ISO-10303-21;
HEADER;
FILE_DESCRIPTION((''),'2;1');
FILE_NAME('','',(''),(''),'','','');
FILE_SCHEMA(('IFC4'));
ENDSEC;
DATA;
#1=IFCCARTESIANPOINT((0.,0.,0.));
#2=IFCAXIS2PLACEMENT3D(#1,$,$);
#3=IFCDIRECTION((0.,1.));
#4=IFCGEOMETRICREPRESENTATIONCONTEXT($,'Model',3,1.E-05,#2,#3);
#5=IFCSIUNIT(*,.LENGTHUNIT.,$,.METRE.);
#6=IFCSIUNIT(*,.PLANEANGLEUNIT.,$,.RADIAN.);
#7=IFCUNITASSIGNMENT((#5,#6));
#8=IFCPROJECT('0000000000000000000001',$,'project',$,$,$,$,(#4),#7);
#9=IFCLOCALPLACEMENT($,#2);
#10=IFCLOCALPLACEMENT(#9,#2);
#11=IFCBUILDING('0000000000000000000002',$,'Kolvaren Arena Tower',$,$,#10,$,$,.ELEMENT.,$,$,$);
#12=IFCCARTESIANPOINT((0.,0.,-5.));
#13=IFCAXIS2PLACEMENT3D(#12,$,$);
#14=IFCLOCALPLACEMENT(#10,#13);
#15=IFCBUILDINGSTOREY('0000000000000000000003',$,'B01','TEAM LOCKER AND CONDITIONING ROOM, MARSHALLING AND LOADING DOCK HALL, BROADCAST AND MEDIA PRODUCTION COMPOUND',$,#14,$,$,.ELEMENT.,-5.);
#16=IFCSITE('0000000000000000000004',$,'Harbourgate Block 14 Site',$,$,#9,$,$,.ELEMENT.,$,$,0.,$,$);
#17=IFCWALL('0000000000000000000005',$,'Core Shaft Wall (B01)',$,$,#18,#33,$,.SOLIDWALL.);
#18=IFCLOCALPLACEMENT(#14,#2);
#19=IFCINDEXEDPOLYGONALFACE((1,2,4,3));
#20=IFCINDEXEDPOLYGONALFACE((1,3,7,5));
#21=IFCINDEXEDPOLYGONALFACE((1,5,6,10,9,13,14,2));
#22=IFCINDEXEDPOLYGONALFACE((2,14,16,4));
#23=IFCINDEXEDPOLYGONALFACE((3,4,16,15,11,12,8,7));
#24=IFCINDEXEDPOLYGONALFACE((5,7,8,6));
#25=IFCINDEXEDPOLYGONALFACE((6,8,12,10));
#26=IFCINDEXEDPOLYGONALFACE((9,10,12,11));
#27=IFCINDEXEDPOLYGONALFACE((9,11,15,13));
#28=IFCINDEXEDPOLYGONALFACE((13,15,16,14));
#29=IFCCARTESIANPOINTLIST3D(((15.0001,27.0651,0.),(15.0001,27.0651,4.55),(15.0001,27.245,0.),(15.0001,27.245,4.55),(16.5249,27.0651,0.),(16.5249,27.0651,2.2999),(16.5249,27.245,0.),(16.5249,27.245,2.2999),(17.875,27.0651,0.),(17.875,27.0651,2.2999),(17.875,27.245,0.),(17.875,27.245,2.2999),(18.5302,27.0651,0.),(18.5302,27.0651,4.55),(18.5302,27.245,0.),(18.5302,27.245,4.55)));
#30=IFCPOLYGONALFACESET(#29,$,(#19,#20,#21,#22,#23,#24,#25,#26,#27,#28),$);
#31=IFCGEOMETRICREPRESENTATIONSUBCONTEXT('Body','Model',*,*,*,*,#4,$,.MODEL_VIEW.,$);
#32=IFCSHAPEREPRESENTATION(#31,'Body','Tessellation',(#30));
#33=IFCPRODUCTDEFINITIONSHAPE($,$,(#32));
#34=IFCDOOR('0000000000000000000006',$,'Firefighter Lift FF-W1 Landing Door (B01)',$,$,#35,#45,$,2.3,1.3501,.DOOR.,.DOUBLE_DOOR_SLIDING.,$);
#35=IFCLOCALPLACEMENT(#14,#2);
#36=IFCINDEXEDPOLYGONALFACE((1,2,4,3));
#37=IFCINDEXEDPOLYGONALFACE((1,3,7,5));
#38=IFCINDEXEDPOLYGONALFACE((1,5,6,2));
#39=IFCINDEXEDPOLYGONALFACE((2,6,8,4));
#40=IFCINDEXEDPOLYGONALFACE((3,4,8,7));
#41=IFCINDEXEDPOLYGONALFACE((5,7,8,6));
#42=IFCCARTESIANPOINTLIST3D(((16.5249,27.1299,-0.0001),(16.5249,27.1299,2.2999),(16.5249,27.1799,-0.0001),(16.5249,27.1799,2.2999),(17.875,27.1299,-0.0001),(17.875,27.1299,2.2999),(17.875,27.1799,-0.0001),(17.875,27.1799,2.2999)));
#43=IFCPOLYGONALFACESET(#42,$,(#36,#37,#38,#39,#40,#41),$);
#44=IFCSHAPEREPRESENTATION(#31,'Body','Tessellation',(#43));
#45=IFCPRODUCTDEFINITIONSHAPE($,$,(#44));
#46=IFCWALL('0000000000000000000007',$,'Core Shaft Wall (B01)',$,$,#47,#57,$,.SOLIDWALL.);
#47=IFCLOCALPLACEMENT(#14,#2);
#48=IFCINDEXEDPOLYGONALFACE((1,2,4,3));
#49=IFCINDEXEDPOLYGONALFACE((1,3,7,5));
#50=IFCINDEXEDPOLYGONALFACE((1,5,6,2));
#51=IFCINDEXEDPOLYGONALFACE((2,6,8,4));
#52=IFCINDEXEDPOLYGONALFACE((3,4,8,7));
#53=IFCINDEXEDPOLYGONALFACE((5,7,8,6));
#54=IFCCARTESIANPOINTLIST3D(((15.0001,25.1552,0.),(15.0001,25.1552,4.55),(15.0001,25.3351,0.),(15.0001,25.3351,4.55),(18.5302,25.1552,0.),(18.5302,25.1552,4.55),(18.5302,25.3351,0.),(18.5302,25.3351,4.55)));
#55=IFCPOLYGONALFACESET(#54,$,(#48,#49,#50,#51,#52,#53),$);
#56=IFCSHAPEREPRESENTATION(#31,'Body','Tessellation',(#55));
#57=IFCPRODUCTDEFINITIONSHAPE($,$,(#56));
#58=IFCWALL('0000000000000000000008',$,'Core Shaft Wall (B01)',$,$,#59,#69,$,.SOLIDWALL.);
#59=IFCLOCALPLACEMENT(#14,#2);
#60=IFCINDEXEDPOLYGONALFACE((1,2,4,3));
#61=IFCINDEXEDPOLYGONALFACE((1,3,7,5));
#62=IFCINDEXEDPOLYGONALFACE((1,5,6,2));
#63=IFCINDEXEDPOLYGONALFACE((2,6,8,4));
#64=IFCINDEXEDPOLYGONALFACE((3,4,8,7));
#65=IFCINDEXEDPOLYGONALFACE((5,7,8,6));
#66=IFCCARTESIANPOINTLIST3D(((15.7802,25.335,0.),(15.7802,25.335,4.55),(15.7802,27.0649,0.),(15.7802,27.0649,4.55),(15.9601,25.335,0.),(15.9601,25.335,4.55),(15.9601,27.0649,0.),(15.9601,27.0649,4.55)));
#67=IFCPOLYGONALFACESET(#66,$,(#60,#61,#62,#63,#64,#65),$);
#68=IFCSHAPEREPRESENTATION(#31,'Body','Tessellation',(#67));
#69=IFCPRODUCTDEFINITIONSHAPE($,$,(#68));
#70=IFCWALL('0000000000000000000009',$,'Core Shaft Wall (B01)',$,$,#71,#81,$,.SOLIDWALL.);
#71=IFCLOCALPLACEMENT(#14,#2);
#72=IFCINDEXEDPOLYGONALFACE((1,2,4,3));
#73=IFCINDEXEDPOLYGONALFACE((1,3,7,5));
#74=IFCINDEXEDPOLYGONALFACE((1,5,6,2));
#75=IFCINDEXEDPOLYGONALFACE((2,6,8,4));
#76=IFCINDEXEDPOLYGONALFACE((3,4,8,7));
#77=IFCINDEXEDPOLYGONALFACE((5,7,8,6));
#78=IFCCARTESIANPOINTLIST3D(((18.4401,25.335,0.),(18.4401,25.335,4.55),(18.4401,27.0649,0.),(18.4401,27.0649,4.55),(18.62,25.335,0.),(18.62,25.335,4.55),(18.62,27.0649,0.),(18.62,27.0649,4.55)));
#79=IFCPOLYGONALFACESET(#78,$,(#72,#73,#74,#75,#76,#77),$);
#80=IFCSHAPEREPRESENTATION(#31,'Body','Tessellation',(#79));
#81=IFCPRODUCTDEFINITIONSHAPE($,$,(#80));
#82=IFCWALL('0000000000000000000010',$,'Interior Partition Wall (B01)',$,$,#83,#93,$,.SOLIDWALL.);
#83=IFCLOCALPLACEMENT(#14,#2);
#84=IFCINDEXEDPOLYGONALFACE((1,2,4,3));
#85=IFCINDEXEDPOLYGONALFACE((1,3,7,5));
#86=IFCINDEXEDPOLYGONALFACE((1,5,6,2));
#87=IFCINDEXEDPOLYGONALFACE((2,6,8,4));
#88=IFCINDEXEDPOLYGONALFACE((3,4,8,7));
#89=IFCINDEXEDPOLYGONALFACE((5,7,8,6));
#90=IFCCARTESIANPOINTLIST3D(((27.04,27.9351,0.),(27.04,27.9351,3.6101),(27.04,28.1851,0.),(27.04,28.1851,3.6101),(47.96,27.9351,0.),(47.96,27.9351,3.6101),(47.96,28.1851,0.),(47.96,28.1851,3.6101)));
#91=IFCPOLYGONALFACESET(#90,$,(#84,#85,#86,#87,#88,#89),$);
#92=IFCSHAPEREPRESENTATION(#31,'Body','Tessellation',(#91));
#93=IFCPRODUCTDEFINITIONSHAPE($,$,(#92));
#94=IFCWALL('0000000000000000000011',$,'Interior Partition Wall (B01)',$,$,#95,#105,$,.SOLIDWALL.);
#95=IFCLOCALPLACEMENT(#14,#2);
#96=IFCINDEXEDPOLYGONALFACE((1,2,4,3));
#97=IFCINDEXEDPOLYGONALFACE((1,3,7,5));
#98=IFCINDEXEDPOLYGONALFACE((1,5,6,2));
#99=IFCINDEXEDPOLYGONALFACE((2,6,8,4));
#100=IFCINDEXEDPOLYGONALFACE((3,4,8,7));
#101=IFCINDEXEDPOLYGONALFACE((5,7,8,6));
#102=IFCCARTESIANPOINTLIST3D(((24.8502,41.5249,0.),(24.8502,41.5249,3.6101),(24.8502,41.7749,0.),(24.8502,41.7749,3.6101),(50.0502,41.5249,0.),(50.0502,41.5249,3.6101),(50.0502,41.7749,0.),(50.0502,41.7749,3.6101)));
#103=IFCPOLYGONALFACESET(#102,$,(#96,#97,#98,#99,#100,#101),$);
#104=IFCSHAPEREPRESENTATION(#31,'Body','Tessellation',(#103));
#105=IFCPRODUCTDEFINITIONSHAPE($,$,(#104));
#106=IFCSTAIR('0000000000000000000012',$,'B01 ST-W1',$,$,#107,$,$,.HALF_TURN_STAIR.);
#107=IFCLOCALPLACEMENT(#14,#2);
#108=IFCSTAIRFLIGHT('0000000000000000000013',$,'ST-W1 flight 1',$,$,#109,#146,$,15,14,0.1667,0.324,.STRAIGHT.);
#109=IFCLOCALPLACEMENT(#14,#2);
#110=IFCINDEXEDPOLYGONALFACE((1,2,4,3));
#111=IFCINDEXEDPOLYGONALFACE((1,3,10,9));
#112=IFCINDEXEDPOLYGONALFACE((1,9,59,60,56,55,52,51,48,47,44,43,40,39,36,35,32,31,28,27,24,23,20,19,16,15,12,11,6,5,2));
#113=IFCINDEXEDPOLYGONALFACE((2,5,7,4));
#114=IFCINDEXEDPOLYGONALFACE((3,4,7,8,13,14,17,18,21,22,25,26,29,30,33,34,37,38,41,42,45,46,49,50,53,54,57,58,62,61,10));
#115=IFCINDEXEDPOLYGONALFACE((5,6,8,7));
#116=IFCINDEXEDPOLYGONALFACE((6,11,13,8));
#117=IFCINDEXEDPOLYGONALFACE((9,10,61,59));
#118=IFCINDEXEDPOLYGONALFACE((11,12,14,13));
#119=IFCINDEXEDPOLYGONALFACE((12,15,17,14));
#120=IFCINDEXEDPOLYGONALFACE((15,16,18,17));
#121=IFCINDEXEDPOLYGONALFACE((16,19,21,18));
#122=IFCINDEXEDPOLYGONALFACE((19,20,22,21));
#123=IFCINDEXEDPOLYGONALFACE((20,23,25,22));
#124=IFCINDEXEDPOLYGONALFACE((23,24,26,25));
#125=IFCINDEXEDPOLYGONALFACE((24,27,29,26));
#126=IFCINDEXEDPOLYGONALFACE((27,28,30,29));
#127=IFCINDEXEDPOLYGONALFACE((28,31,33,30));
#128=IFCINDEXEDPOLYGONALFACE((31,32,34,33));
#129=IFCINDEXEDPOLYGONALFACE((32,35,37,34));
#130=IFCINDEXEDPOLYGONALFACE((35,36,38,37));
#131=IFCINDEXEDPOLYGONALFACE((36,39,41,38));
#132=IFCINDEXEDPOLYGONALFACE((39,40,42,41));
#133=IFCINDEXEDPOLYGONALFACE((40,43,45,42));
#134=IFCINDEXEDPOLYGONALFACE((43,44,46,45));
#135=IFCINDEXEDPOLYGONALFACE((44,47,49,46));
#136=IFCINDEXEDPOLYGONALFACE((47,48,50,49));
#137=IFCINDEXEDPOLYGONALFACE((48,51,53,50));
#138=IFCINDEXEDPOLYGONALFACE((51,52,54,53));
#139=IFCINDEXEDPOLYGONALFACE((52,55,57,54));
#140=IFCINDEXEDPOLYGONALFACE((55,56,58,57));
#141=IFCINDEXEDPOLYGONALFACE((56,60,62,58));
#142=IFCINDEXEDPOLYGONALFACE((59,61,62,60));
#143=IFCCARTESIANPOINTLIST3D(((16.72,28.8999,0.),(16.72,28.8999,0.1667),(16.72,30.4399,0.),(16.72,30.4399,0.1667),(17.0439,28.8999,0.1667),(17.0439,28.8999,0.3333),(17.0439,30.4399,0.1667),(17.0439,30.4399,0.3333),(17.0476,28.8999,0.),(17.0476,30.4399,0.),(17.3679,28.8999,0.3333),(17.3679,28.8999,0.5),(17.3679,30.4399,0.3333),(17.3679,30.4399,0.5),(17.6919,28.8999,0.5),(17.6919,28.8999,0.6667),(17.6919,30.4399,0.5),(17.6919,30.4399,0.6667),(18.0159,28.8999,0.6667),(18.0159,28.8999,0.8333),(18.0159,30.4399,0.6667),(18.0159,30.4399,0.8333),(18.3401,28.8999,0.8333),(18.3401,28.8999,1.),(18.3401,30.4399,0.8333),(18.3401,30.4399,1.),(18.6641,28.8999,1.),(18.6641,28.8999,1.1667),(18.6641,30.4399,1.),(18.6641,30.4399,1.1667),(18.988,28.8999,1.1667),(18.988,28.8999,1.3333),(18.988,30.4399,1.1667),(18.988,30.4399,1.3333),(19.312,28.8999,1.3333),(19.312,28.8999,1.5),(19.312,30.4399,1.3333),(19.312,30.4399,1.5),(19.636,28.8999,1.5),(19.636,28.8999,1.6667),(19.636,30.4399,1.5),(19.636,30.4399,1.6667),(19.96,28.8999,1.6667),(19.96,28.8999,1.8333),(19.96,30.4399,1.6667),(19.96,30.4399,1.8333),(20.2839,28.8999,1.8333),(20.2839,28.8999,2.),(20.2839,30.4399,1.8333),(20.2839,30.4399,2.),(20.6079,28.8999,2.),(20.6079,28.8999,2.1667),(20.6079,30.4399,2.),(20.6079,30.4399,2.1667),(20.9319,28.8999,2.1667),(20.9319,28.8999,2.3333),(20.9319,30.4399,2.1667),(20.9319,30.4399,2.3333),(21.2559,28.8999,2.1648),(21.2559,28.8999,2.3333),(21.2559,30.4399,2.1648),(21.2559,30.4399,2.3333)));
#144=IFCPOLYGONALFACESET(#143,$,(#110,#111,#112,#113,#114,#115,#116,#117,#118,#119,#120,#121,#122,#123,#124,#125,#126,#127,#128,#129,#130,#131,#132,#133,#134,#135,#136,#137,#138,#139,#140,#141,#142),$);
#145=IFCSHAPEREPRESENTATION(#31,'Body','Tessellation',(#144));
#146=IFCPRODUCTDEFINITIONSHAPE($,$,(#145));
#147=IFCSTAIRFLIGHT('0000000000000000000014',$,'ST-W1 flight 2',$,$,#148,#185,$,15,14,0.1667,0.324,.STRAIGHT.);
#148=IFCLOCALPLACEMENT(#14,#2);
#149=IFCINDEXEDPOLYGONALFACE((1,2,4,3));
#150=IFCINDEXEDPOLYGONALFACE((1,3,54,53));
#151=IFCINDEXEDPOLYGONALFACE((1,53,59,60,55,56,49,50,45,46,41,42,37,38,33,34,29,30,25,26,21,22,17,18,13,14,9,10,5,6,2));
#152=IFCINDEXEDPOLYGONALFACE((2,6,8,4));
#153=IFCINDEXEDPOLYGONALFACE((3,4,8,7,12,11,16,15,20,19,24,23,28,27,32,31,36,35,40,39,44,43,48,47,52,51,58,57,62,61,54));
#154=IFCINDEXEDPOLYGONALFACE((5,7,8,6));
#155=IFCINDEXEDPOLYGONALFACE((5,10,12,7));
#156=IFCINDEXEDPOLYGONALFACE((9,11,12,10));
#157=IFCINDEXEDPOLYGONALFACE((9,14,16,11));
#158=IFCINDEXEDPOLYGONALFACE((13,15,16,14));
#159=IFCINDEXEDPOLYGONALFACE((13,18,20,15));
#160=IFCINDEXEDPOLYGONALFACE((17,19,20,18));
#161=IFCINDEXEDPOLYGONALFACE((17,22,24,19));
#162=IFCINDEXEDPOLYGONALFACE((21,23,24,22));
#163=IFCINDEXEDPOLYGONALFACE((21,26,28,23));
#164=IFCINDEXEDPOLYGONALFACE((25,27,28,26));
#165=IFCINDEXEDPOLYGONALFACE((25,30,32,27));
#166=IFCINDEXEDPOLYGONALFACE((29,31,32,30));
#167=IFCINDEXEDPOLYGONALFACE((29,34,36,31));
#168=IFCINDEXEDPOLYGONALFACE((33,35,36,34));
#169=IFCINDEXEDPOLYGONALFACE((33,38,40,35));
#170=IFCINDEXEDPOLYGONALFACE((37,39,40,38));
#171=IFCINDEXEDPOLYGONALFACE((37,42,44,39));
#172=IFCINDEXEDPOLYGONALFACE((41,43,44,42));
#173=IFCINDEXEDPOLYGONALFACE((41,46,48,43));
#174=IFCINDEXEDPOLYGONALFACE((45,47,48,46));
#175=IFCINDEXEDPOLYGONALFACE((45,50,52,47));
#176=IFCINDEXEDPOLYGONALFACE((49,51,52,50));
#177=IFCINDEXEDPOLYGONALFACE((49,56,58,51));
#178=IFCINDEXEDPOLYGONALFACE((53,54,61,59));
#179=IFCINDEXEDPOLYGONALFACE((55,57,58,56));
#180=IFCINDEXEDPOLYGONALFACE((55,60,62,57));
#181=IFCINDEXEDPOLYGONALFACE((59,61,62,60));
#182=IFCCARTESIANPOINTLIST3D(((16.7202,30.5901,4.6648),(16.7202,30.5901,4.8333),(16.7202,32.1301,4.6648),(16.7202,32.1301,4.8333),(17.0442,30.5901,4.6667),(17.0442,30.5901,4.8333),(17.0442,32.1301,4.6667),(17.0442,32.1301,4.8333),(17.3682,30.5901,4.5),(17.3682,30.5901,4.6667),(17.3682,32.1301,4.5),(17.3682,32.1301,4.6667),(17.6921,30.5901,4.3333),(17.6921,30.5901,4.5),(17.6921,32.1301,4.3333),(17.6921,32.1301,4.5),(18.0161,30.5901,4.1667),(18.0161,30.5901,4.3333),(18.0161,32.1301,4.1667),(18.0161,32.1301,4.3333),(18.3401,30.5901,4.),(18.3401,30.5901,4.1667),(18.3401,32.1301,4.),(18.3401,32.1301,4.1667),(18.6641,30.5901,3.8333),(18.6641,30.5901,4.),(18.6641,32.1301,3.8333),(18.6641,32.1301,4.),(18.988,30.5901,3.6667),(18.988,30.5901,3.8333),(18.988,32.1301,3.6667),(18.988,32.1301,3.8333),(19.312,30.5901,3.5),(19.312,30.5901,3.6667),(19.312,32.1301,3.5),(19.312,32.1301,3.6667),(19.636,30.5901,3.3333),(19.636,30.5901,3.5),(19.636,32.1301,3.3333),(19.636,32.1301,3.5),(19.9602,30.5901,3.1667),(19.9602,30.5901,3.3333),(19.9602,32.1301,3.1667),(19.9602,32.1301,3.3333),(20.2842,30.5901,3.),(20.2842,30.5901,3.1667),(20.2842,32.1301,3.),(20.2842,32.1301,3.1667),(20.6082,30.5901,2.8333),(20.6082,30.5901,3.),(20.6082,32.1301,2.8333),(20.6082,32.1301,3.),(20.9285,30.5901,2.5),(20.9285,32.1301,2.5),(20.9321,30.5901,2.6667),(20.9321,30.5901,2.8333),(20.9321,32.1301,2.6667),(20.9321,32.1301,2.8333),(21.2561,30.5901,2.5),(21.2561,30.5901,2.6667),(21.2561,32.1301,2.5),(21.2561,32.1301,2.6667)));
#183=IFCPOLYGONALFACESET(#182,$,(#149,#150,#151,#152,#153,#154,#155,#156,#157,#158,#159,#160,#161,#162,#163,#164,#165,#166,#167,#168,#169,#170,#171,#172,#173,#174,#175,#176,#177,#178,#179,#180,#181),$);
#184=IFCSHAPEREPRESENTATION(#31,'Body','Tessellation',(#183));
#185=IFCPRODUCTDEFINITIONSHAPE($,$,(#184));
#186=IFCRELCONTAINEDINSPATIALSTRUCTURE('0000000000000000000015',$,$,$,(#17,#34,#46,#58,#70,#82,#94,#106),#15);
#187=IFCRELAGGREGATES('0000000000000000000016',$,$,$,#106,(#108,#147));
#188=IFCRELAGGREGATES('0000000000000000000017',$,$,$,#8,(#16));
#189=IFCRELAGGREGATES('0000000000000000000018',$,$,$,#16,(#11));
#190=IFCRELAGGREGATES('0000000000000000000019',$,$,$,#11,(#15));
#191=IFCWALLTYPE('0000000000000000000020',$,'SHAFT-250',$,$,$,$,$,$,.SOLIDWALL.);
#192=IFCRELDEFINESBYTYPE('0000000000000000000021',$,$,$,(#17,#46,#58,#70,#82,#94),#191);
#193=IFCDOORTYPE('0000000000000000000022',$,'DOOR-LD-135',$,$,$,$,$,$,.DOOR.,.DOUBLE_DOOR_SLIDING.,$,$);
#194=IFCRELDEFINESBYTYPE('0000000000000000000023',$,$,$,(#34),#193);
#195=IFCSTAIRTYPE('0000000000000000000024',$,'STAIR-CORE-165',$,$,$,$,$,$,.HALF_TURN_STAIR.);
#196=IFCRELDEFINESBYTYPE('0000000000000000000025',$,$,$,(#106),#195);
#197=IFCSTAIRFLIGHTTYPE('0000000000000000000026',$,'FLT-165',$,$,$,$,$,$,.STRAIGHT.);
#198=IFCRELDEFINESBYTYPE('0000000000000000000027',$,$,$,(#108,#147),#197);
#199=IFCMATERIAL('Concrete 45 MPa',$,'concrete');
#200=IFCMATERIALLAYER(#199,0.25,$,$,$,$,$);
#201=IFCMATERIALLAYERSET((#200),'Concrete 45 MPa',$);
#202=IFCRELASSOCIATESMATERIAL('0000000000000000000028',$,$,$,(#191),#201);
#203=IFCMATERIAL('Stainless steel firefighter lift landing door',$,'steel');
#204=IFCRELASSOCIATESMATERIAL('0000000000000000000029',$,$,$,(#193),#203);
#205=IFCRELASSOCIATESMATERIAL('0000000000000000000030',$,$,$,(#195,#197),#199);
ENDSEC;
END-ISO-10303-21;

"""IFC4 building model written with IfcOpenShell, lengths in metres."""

from ifc_helpers import new_model, si_unit, direction, frame, frame_2d, origin, place, context, subcontext, project, spatial, polyline, rectangle, outline, extrude, material, layer, layer_set, type_object, element, fill, aggregate, save


model = new_model("IFC4")

# Units and contexts
model_context = context("Model", 3, precision=1e-05, world=origin(), true_north=direction((0.0, 1.0)))
body_context = subcontext(model_context, "Body", "Model", "MODEL_VIEW")
ifc_project = project(units=[si_unit("LENGTHUNIT", "METRE"), si_unit("PLANEANGLEUNIT", "RADIAN")], contexts=[model_context])

# Site, building, storey
site_placement = place(None, origin())
site = spatial("IfcSite", under=ifc_project, at=site_placement, Name="Harbourgate Block 14 Site", CompositionType="ELEMENT", RefElevation=0.0)
building_placement = place(site_placement, origin())
building = spatial("IfcBuilding", under=site, at=building_placement, Name="Kolvaren Arena Tower", CompositionType="ELEMENT")
storey_placement = place(building_placement, frame((0.0, 0.0, -5.0)))
storey = spatial("IfcBuildingStorey", under=building, at=storey_placement, Name="B01", Description="TEAM LOCKER AND CONDITIONING ROOM, MARSHALLING AND LOADING DOCK HALL, BROADCAST AND MEDIA PRODUCTION COMPOUND", CompositionType="ELEMENT", Elevation=-5.0)

# Shared definitions
ifc_material_1 = material(Name="Concrete 45 MPa", Category="concrete")
ifc_layer_1 = layer(ifc_material_1, 0.25)
ifc_layer_set_1 = layer_set([ifc_layer_1], Name="Concrete 45 MPa")
wall_type_1 = type_object("IfcWallType", Name="SHAFT-250", PredefinedType="SOLIDWALL", material=ifc_layer_set_1)

# Wall, opening, door
wall_1_placement = place(storey_placement, frame((15.0, 27.155, 0.0), z_axis=(0.0, 0.0, 1.0), x_axis=(1.0, 0.0, 0.0)))
wall_1 = element("IfcWall", 1, at=wall_1_placement, inside=storey, type_object=wall_type_1, Name="Core Shaft Wall (B01)", PredefinedType="SOLIDWALL", context=body_context, shape_type="SweptSolid", body=[
    extrude(rectangle(XDim=3.53, YDim=0.1799, at=frame_2d((1.7651, 0.0))), origin(), (0.0, 0.0, 1.0), 4.55),
])
opening_1_placement = place(wall_1_placement, frame((1.5249, 0.0, 0.0)))
opening_1 = element("IfcOpeningElement", 2, at=opening_1_placement, cuts=wall_1, PredefinedType="OPENING", context=body_context, shape_type="SweptSolid", body=[
    extrude(rectangle(XDim=1.3501, YDim=2.3, at=frame_2d((0.675, 1.1499))), frame((0.0, 0.0999, 0.0), z_axis=(0.0, -1.0, 0.0), x_axis=(1.0, 0.0, 0.0)), (0.0, 0.0, 1.0), 0.2),
])
ifc_material_2 = material(Name="Stainless steel firefighter lift landing door", Category="steel")
door_type_1 = type_object("IfcDoorType", Name="DOOR-LD-135", OperationType="DOUBLE_DOOR_SLIDING", PredefinedType="DOOR", material=ifc_material_2)
door_1_placement = place(opening_1_placement, origin())
door_1 = element("IfcDoor", 3, at=door_1_placement, inside=storey, type_object=door_type_1, Name="Firefighter Lift FF-W1 Landing Door (B01)", OperationType="DOUBLE_DOOR_SLIDING", OverallHeight=2.3, OverallWidth=1.3501, PredefinedType="DOOR", context=body_context, shape_type="SweptSolid", body=[
    extrude(rectangle(XDim=1.3501, YDim=2.3, at=frame_2d((0.675, 1.1499))), frame((0.0, 0.0249, 0.0), z_axis=(0.0, -1.0, 0.0), x_axis=(1.0, 0.0, 0.0)), (0.0, 0.0, 1.0), 0.05),
])
fill(opening_1, door_1)

# Walls
wall_2_placement = place(storey_placement, frame((15.0, 25.2451, 0.0), z_axis=(0.0, 0.0, 1.0), x_axis=(1.0, 0.0, 0.0)))
element("IfcWall", 4, at=wall_2_placement, inside=storey, type_object=wall_type_1, Name="Core Shaft Wall (B01)", PredefinedType="SOLIDWALL", context=body_context, shape_type="SweptSolid", body=[
    extrude(rectangle(XDim=3.53, YDim=0.1799, at=frame_2d((1.7651, 0.0))), origin(), (0.0, 0.0, 1.0), 4.55),
])
for number, where, z_axis, x_axis, name in (
    (5, (15.8701, 25.335, 0.0), (0.0, 0.0, 1.0), (0.0, 1.0, 0.0), "Core Shaft Wall (B01)"),
    (6, (18.53, 25.335, 0.0), (0.0, 0.0, 1.0), (0.0, 1.0, 0.0), "Core Shaft Wall (B01)"),
):
    element("IfcWall", number, at=place(storey_placement, frame(where, z_axis=z_axis, x_axis=x_axis)), inside=storey, type_object=wall_type_1, Name=name, PredefinedType="SOLIDWALL", context=body_context, shape_type="SweptSolid", body=[
        extrude(rectangle(XDim=1.73, YDim=0.1799, at=frame_2d((0.865, 0.0))), origin(), (0.0, 0.0, 1.0), 4.55),
    ])
wall_3_placement = place(storey_placement, frame((27.04, 28.0601, 0.0), z_axis=(0.0, 0.0, 1.0), x_axis=(1.0, 0.0, 0.0)))
element("IfcWall", 7, at=wall_3_placement, inside=storey, type_object=wall_type_1, Name="Interior Partition Wall (B01)", PredefinedType="SOLIDWALL", context=body_context, shape_type="SweptSolid", body=[
    extrude(rectangle(XDim=20.9199, YDim=0.25, at=frame_2d((10.46, 0.0))), origin(), (0.0, 0.0, 1.0), 3.6101),
])
wall_4_placement = place(storey_placement, frame((24.8501, 41.6499, 0.0), z_axis=(0.0, 0.0, 1.0), x_axis=(1.0, 0.0, 0.0)))
element("IfcWall", 8, at=wall_4_placement, inside=storey, type_object=wall_type_1, Name="Interior Partition Wall (B01)", PredefinedType="SOLIDWALL", context=body_context, shape_type="SweptSolid", body=[
    extrude(rectangle(XDim=25.2, YDim=0.25, at=frame_2d((12.6001, 0.0))), origin(), (0.0, 0.0, 1.0), 3.6101),
])

# Stair, stair flights
stair_type = type_object("IfcStairType", Name="STAIR-CORE-165", PredefinedType="HALF_TURN_STAIR", material=ifc_material_1)
stair_placement = place(storey_placement, origin())
stair = element("IfcStair", 9, at=stair_placement, inside=storey, type_object=stair_type, Name="B01 ST-W1", PredefinedType="HALF_TURN_STAIR")
stair_flight_type = type_object("IfcStairFlightType", Name="FLT-165", PredefinedType="STRAIGHT", material=ifc_material_1)
stair_flight_1_placement = place(storey_placement, frame((16.72, 29.6699, 0.0), z_axis=(0.0, 0.0, 1.0), x_axis=(1.0, 0.0, 0.0)))
stair_flight_1 = element("IfcStairFlight", 10, at=stair_flight_1_placement, type_object=stair_flight_type, Name="ST-W1 flight 1", NumberOfRisers=15, NumberOfTreads=14, PredefinedType="STRAIGHT", RiserHeight=0.1667, TreadLength=0.324, context=body_context, shape_type="SweptSolid", body=[
    extrude(outline(polyline([(0.0, 0.0), (0.0, 0.1667), (0.324, 0.1667), (0.324, 0.3333), (0.6479, 0.3333), (0.6479, 0.5), (0.9719, 0.5), (0.9719, 0.6667), (1.2959, 0.6667), (1.2959, 0.8333), (1.6201, 0.8333), (1.6201, 1.0), (1.9441, 1.0), (1.9441, 1.1667), (2.2681, 1.1667), (2.2681, 1.3333), (2.592, 1.3333), (2.592, 1.5), (2.916, 1.5), (2.916, 1.6667), (3.24, 1.6667), (3.24, 1.8333), (3.564, 1.8333), (3.564, 2.0), (3.8879, 2.0), (3.8879, 2.1667), (4.2119, 2.1667), (4.2119, 2.3333), (4.5359, 2.3333), (4.5359, 2.5), (4.5359, 2.1648), (0.3276, 0.0), (0.0, 0.0)])), frame((0.0, 0.77, 0.0), z_axis=(0.0, -1.0, 0.0), x_axis=(1.0, 0.0, 0.0)), (0.0, 0.0, 1.0), 1.54),
])
stair_flight_2_placement = place(storey_placement, frame((21.2561, 31.3601, 2.5), z_axis=(0.0, 0.0, 1.0), x_axis=(-1.0, 0.0, 0.0)))
stair_flight_2 = element("IfcStairFlight", 11, at=stair_flight_2_placement, type_object=stair_flight_type, Name="ST-W1 flight 2", NumberOfRisers=15, NumberOfTreads=14, PredefinedType="STRAIGHT", RiserHeight=0.1667, TreadLength=0.324, context=body_context, shape_type="SweptSolid", body=[
    extrude(outline(polyline([(0.0, 0.0), (0.0, 0.1667), (0.324, 0.1667), (0.324, 0.3333), (0.6479, 0.3333), (0.6479, 0.5), (0.9719, 0.5), (0.9719, 0.6667), (1.2959, 0.6667), (1.2959, 0.8333), (1.6201, 0.8333), (1.6201, 1.0), (1.9441, 1.0), (1.9441, 1.1667), (2.2681, 1.1667), (2.2681, 1.3333), (2.592, 1.3333), (2.592, 1.5), (2.916, 1.5), (2.916, 1.6667), (3.24, 1.6667), (3.24, 1.8333), (3.564, 1.8333), (3.564, 2.0), (3.8879, 2.0), (3.8879, 2.1667), (4.2119, 2.1667), (4.2119, 2.3333), (4.5359, 2.3333), (4.5359, 2.5), (4.5359, 2.1648), (0.3276, 0.0), (0.0, 0.0)])), frame((0.0, 0.77, 0.0), z_axis=(0.0, -1.0, 0.0), x_axis=(1.0, 0.0, 0.0)), (0.0, 0.0, 1.0), 1.54),
])
aggregate(stair, [stair_flight_1, stair_flight_2])

save(model, "model.ifc")
